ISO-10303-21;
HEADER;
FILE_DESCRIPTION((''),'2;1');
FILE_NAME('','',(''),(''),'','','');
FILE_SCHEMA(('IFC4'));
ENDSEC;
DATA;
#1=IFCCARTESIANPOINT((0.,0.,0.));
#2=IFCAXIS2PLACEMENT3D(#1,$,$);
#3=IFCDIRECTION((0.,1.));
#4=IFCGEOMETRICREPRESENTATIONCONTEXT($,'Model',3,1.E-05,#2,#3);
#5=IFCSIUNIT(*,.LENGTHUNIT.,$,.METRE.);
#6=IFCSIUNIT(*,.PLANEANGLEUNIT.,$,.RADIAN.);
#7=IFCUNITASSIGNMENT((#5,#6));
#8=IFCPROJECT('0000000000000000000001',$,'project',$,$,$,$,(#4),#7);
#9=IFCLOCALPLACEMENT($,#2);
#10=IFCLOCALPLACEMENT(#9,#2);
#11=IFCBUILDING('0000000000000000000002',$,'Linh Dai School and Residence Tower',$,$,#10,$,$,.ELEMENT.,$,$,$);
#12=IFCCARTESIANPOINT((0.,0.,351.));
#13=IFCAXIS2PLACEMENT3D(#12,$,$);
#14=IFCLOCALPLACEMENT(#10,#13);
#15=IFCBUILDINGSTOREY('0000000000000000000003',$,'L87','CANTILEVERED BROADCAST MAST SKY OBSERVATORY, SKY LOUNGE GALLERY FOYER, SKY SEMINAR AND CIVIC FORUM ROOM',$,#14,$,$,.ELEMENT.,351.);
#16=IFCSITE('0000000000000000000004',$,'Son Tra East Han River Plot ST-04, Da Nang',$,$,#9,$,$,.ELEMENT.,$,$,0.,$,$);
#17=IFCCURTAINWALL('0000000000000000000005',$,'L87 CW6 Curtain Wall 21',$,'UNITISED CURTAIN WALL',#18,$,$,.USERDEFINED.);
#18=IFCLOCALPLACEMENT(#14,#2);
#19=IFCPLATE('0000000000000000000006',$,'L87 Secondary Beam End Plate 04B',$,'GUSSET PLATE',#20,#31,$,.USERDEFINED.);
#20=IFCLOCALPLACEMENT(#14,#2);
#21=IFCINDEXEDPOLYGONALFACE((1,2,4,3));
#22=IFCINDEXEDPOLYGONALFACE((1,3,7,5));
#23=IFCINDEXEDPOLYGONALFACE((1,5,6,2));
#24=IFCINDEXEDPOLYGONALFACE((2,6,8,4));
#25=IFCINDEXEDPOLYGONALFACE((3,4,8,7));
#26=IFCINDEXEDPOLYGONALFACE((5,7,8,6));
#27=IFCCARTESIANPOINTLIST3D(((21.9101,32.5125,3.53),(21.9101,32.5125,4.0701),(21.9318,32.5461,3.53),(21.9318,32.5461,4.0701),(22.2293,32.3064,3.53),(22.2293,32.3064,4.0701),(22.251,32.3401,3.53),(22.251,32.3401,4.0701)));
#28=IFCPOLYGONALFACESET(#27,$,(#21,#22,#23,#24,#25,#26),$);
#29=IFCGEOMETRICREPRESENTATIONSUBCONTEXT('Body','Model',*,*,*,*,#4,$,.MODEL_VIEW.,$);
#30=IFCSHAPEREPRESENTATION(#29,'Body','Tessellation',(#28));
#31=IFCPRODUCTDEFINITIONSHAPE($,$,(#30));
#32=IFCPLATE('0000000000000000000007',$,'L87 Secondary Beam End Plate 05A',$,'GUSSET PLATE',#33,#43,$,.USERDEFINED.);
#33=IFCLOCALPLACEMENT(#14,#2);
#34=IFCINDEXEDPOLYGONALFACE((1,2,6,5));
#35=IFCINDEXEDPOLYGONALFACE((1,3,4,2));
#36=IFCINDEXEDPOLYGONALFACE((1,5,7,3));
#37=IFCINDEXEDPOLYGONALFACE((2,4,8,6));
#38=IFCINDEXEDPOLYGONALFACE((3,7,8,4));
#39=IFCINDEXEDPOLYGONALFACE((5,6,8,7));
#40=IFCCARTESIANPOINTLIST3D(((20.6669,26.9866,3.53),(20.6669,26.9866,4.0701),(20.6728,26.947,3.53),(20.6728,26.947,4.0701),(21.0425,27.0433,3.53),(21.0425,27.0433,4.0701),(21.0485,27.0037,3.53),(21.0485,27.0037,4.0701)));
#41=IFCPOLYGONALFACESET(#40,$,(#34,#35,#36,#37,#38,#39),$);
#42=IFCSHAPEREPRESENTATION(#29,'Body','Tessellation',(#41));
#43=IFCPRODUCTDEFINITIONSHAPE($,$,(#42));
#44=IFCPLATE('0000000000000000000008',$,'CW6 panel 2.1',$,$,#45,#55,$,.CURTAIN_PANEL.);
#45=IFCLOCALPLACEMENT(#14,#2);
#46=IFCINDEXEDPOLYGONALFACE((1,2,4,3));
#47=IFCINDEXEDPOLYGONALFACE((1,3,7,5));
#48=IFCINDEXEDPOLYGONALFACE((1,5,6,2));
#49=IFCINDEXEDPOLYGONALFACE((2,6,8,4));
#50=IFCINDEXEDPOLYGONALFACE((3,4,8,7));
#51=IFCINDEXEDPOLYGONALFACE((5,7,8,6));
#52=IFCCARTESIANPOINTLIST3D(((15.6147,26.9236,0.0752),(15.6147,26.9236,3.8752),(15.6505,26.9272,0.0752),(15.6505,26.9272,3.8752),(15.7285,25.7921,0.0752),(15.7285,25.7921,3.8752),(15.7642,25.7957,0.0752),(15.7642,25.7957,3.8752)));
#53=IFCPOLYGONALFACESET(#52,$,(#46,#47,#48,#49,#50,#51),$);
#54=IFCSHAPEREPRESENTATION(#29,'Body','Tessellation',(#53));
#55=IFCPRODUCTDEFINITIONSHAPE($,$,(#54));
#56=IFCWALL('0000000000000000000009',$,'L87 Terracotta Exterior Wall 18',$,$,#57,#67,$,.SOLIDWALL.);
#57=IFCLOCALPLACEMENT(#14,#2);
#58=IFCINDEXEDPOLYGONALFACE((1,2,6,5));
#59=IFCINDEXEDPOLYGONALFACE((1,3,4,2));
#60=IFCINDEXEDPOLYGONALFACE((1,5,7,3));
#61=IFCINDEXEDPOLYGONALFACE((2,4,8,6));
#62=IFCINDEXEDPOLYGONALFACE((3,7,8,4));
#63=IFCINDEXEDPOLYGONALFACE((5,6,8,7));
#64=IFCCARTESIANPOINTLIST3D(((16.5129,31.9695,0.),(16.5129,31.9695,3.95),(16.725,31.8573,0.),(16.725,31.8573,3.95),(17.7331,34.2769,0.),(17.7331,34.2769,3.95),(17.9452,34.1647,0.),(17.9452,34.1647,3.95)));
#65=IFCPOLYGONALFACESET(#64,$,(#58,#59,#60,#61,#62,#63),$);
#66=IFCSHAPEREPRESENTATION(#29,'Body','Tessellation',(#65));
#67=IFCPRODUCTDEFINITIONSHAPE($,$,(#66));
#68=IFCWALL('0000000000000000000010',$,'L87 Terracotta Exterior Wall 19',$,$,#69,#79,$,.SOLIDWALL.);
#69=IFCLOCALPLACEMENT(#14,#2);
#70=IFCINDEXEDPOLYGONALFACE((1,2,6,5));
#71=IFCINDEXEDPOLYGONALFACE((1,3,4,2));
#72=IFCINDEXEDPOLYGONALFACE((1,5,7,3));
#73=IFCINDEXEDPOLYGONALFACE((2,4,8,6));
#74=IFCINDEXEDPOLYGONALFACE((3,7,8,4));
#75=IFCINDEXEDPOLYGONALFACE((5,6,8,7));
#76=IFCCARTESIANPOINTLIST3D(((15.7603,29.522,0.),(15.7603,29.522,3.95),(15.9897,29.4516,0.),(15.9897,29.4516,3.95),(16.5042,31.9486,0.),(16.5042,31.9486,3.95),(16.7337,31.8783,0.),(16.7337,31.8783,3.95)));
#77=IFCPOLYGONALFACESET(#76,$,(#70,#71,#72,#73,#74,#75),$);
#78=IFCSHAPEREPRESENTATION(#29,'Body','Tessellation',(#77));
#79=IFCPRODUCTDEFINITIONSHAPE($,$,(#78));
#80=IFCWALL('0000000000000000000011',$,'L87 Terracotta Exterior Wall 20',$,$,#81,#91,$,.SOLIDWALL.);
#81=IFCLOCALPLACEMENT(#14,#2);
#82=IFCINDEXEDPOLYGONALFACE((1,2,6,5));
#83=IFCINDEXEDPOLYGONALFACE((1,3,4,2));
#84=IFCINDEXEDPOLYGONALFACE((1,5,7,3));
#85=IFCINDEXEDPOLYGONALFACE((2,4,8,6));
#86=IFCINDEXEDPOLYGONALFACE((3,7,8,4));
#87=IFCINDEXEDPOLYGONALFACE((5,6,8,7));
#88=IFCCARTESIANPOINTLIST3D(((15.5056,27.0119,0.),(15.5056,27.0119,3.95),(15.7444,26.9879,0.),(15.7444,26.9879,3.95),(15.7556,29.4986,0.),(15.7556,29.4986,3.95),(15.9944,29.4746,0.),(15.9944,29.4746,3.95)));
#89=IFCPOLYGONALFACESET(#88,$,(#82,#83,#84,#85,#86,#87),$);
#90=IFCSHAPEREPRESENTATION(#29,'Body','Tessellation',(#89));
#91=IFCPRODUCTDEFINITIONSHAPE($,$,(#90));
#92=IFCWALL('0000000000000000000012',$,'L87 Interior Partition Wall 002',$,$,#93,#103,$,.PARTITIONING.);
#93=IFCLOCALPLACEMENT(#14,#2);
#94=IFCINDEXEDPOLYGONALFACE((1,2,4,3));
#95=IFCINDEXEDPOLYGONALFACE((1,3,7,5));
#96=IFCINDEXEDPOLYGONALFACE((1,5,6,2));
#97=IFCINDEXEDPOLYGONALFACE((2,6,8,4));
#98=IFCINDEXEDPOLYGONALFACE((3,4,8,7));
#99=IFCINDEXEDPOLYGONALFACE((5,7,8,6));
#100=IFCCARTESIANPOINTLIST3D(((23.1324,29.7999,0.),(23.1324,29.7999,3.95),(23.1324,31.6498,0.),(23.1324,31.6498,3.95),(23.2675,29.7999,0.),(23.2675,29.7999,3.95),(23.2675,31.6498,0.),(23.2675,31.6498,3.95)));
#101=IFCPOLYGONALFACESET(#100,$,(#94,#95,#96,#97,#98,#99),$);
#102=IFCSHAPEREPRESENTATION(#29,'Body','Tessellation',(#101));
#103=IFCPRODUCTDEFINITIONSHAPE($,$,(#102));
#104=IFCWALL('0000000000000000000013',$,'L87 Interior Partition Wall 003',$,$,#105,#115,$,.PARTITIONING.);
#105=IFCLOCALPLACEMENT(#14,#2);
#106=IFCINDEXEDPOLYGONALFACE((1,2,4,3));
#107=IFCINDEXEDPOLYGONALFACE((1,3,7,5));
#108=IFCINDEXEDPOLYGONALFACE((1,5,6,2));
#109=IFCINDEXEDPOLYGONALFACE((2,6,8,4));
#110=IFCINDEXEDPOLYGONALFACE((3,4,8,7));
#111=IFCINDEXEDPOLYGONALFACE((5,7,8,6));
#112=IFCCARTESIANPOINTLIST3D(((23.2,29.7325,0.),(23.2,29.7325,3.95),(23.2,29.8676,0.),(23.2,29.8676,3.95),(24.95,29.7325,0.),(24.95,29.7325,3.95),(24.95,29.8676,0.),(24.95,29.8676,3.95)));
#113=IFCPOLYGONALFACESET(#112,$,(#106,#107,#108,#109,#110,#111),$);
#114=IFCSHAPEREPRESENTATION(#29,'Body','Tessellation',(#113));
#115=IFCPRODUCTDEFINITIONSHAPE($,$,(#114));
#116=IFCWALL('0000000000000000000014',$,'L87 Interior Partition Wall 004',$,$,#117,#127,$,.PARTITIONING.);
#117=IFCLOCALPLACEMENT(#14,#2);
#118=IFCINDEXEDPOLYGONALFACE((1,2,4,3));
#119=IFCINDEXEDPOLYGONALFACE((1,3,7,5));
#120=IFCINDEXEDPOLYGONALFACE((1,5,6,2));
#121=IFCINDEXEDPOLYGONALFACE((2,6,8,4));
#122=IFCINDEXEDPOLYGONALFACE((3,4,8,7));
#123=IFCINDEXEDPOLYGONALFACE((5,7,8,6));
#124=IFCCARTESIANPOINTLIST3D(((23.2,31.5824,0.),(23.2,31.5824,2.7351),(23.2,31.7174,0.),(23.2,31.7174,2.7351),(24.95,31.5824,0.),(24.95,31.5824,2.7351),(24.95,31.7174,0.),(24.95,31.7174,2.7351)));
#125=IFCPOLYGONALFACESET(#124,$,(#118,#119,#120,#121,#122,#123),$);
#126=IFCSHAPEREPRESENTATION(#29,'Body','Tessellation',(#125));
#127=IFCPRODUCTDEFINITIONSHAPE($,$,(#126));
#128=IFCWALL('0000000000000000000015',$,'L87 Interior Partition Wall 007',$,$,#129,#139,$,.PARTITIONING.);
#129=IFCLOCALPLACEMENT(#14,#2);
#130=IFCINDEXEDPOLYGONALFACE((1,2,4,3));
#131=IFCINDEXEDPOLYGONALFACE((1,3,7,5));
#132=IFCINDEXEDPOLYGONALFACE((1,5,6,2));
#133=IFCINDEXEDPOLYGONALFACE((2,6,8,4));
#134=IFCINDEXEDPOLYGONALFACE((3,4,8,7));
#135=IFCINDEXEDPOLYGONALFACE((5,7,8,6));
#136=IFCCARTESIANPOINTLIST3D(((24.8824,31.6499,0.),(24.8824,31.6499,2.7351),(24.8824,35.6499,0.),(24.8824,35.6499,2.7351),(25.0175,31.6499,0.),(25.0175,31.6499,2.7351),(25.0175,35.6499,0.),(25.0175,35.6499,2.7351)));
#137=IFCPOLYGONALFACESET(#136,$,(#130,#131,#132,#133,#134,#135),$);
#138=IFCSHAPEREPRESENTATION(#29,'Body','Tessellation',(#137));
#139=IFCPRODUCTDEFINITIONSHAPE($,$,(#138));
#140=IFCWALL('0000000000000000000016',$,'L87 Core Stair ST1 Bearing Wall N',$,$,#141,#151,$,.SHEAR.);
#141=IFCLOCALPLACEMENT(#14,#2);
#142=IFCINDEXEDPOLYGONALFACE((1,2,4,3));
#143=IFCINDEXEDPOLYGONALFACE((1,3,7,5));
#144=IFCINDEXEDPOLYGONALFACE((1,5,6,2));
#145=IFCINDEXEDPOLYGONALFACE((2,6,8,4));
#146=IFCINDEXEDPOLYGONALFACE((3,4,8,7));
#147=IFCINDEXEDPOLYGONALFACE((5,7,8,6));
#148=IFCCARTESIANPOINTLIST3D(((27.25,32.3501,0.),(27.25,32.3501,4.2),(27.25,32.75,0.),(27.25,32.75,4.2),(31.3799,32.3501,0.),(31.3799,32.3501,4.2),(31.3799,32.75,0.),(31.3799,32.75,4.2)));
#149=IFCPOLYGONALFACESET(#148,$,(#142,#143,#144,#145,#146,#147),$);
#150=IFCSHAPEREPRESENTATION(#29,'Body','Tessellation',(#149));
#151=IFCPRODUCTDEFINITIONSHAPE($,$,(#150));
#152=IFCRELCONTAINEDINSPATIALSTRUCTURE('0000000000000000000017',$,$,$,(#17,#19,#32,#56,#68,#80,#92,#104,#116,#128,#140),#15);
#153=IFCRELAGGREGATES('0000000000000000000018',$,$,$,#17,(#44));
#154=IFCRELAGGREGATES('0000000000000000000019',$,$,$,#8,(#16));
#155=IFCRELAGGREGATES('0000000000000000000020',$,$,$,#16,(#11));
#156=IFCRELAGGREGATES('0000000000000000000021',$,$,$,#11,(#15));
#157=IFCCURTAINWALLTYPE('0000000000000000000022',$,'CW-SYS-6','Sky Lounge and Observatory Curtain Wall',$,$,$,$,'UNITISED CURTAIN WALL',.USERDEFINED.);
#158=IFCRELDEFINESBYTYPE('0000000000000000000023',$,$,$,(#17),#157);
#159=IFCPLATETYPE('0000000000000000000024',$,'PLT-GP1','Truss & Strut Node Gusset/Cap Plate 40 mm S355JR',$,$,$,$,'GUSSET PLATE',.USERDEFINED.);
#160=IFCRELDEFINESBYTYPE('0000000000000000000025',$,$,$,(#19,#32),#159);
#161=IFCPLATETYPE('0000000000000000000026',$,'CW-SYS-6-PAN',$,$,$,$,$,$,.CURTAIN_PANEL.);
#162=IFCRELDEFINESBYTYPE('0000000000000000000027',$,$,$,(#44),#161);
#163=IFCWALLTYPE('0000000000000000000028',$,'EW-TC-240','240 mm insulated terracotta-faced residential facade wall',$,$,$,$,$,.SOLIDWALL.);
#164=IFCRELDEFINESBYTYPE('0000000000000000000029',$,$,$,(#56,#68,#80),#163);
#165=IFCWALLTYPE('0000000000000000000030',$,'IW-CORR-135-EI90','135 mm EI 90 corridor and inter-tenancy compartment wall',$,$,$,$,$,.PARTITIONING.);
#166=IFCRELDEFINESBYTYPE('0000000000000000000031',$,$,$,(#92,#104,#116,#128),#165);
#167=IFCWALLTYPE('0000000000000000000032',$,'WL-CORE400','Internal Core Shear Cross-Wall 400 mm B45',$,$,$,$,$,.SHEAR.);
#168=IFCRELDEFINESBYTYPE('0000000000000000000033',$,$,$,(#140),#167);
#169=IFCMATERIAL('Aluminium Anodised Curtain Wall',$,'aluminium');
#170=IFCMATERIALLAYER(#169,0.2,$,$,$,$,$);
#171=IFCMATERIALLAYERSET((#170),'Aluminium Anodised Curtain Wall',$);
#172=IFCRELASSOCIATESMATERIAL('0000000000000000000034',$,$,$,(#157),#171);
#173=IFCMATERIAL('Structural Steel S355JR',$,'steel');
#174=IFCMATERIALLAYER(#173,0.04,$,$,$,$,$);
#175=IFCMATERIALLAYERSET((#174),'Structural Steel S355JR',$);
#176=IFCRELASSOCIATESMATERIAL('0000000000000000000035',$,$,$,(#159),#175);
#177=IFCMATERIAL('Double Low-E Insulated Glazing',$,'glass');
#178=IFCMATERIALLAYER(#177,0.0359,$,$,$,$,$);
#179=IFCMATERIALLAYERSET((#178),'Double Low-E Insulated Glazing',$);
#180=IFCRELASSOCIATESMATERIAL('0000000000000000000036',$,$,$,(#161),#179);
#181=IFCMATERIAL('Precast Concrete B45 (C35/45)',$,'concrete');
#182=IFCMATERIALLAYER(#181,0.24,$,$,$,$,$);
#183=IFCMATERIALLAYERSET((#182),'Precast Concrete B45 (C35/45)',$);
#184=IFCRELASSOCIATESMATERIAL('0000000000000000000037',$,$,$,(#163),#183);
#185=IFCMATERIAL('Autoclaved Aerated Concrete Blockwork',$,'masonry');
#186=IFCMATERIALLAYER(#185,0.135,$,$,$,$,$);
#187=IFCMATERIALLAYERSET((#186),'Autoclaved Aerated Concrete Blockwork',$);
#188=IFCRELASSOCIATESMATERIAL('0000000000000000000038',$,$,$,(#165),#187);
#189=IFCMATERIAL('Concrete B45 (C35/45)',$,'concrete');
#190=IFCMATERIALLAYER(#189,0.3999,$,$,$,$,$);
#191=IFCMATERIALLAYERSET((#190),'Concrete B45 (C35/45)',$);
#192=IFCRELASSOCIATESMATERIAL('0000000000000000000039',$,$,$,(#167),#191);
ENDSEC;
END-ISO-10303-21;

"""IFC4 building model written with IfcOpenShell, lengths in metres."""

from ifc_helpers import new_model, si_unit, direction, frame, frame_2d, origin, origin_2d, place, context, subcontext, project, spatial, rectangle, extrude, source, transform, mapped, material, layer, layer_set, type_object, element, aggregate, save


model = new_model("IFC4")

# Units and contexts
model_context = context("Model", 3, precision=1e-05, world=origin(), true_north=direction((0.0, 1.0)))
body_context = subcontext(model_context, "Body", "Model", "MODEL_VIEW")
ifc_project = project(units=[si_unit("LENGTHUNIT", "METRE"), si_unit("PLANEANGLEUNIT", "RADIAN")], contexts=[model_context])

# Site, building, storey
site_placement = place(None, origin())
site = spatial("IfcSite", under=ifc_project, at=site_placement, Name="Son Tra East Han River Plot ST-04, Da Nang", CompositionType="ELEMENT", RefElevation=0.0)
building_placement = place(site_placement, origin())
building = spatial("IfcBuilding", under=site, at=building_placement, Name="Linh Dai School and Residence Tower", CompositionType="ELEMENT")
storey_placement = place(building_placement, frame((0.0, 0.0, 351.0)))
storey = spatial("IfcBuildingStorey", under=building, at=storey_placement, Name="L87", Description="CANTILEVERED BROADCAST MAST SKY OBSERVATORY, SKY LOUNGE GALLERY FOYER, SKY SEMINAR AND CIVIC FORUM ROOM", CompositionType="ELEMENT", Elevation=351.0)

# Shared definitions
ifc_material_1 = material(Name="Concrete B45 (C35/45)", Category="concrete")
ifc_material_2 = material(Name="Structural Steel S355JR", Category="steel")

# Curtain wall
ifc_material_3 = material(Name="Aluminium Anodised Curtain Wall", Category="aluminium")
ifc_layer_1 = layer(ifc_material_3, 0.2)
ifc_layer_set_1 = layer_set([ifc_layer_1], Name="Aluminium Anodised Curtain Wall")
curtain_wall_type = type_object("IfcCurtainWallType", Name="CW-SYS-6", Description="Sky Lounge and Observatory Curtain Wall", ElementType="UNITISED CURTAIN WALL", PredefinedType="USERDEFINED", material=ifc_layer_set_1)
curtain_wall_placement = place(storey_placement, origin())
curtain_wall = element("IfcCurtainWall", 1, at=curtain_wall_placement, inside=storey, type_object=curtain_wall_type, Name="L87 CW6 Curtain Wall 21", ObjectType="UNITISED CURTAIN WALL", PredefinedType="USERDEFINED")

# Plates
ifc_layer_2 = layer(ifc_material_2, 0.04)
ifc_layer_set_2 = layer_set([ifc_layer_2], Name="Structural Steel S355JR")
plate_type_1 = type_object("IfcPlateType", Name="PLT-GP1", Description="Truss & Strut Node Gusset/Cap Plate 40 mm S355JR", ElementType="GUSSET PLATE", PredefinedType="USERDEFINED", material=ifc_layer_set_2)
shared_shape_1 = source(origin(), body_context, "Body", "SweptSolid", [
    extrude(rectangle(XDim=0.04, YDim=0.3799, at=origin_2d()), origin(), (0.0, 0.0, 1.0), 0.54),
])
for number, where, z_axis, x_axis, name in (
    (2, (22.0806, 32.4263, 3.53), (0.0, 0.0, 1.0), (-0.542322, -0.840171, 0.0), "L87 Secondary Beam End Plate 04B"),
    (3, (20.8577, 26.9951, 3.53), (0.0, 0.0, 1.0), (0.149196, -0.988808, 0.0), "L87 Secondary Beam End Plate 05A"),
):
    element("IfcPlate", number, at=place(storey_placement, frame(where, z_axis=z_axis, x_axis=x_axis)), inside=storey, type_object=plate_type_1, Name=name, ObjectType="GUSSET PLATE", PredefinedType="USERDEFINED", context=body_context, shape_type="MappedRepresentation", body=[
        mapped(shared_shape_1, transform((0.0, 0.0, 0.0), x_axis=(1.0, 0.0, 0.0), y_axis=(0.0, 1.0, 0.0), z_axis=(0.0, 0.0, 1.0), scale=1.0)),
    ])

# Plate
ifc_material_4 = material(Name="Double Low-E Insulated Glazing", Category="glass")
ifc_layer_3 = layer(ifc_material_4, 0.0359)
ifc_layer_set_3 = layer_set([ifc_layer_3], Name="Double Low-E Insulated Glazing")
plate_type_2 = type_object("IfcPlateType", Name="CW-SYS-6-PAN", PredefinedType="CURTAIN_PANEL", material=ifc_layer_set_3)
shared_shape_2 = source(origin(), body_context, "Body", "SweptSolid", [
    extrude(rectangle(XDim=1.1372, YDim=0.0359, at=origin_2d()), origin(), (0.0, 0.0, 1.0), 3.8),
])
plate_placement = place(storey_placement, frame((15.6895, 26.3596, 0.0752), z_axis=(0.0, 0.0, 1.0), x_axis=(-0.099992, 0.994988, 0.0)))
plate = element("IfcPlate", 4, at=plate_placement, type_object=plate_type_2, Name="CW6 panel 2.1", PredefinedType="CURTAIN_PANEL", context=body_context, shape_type="MappedRepresentation", body=[
    mapped(shared_shape_2, transform((0.0, 0.0, 0.0), x_axis=(1.0, 0.0, 0.0), y_axis=(0.0, 1.0, 0.0), z_axis=(0.0, 0.0, 1.0), scale=1.0)),
])
aggregate(curtain_wall, [plate])

# Walls
ifc_material_5 = material(Name="Precast Concrete B45 (C35/45)", Category="concrete")
ifc_layer_4 = layer(ifc_material_5, 0.24)
ifc_layer_set_4 = layer_set([ifc_layer_4], Name="Precast Concrete B45 (C35/45)")
wall_type_1 = type_object("IfcWallType", Name="EW-TC-240", Description="240 mm insulated terracotta-faced residential facade wall", PredefinedType="SOLIDWALL", material=ifc_layer_set_4)
wall_1_placement = place(storey_placement, frame((16.6189, 31.9133, 0.0), z_axis=(0.0, 0.0, 1.0), x_axis=(0.467488, 0.883999, 0.0)))
element("IfcWall", 5, at=wall_1_placement, inside=storey, type_object=wall_type_1, Name="L87 Terracotta Exterior Wall 18", PredefinedType="SOLIDWALL", context=body_context, shape_type="SweptSolid", body=[
    extrude(rectangle(XDim=2.6101, YDim=0.24, at=frame_2d((1.3052, 0.0))), origin(), (0.0, 0.0, 1.0), 3.95),
])
wall_2_placement = place(storey_placement, frame((15.875, 29.4868, 0.0), z_axis=(0.0, 0.0, 1.0), x_axis=(0.293106, 0.95608, 0.0)))
element("IfcWall", 6, at=wall_2_placement, inside=storey, type_object=wall_type_1, Name="L87 Terracotta Exterior Wall 19", PredefinedType="SOLIDWALL", context=body_context, shape_type="SweptSolid", body=[
    extrude(rectangle(XDim=2.5381, YDim=0.24, at=frame_2d((1.269, 0.0))), origin(), (0.0, 0.0, 1.0), 3.95),
])
wall_3_placement = place(storey_placement, frame((15.625, 27.0, 0.0), z_axis=(0.0, 0.0, 1.0), x_axis=(0.100026, 0.994985, 0.0)))
element("IfcWall", 7, at=wall_3_placement, inside=storey, type_object=wall_type_1, Name="L87 Terracotta Exterior Wall 20", PredefinedType="SOLIDWALL", context=body_context, shape_type="SweptSolid", body=[
    extrude(rectangle(XDim=2.4993, YDim=0.24, at=frame_2d((1.2495, 0.0))), origin(), (0.0, 0.0, 1.0), 3.95),
])
ifc_material_6 = material(Name="Autoclaved Aerated Concrete Blockwork", Category="masonry")
ifc_layer_5 = layer(ifc_material_6, 0.135)
ifc_layer_set_5 = layer_set([ifc_layer_5], Name="Autoclaved Aerated Concrete Blockwork")
wall_type_2 = type_object("IfcWallType", Name="IW-CORR-135-EI90", Description="135 mm EI 90 corridor and inter-tenancy compartment wall", PredefinedType="PARTITIONING", material=ifc_layer_set_5)
wall_4_placement = place(storey_placement, frame((23.2, 29.8, 0.0), z_axis=(0.0, 0.0, 1.0), x_axis=(0.0, 1.0, 0.0)))
element("IfcWall", 8, at=wall_4_placement, inside=storey, type_object=wall_type_2, Name="L87 Interior Partition Wall 002", PredefinedType="PARTITIONING", context=body_context, shape_type="SweptSolid", body=[
    extrude(rectangle(XDim=1.8499, YDim=0.135, at=frame_2d((0.9248, 0.0))), origin(), (0.0, 0.0, 1.0), 3.95),
])
wall_5_placement = place(storey_placement, frame((23.2, 29.8, 0.0), z_axis=(0.0, 0.0, 1.0), x_axis=(1.0, 0.0, 0.0)))
element("IfcWall", 9, at=wall_5_placement, inside=storey, type_object=wall_type_2, Name="L87 Interior Partition Wall 003", PredefinedType="PARTITIONING", context=body_context, shape_type="SweptSolid", body=[
    extrude(rectangle(XDim=1.75, YDim=0.135, at=frame_2d((0.875, 0.0))), origin(), (0.0, 0.0, 1.0), 3.95),
])
wall_6_placement = place(storey_placement, frame((23.2, 31.6499, 0.0), z_axis=(0.0, 0.0, 1.0), x_axis=(1.0, 0.0, 0.0)))
element("IfcWall", 10, at=wall_6_placement, inside=storey, type_object=wall_type_2, Name="L87 Interior Partition Wall 004", PredefinedType="PARTITIONING", context=body_context, shape_type="SweptSolid", body=[
    extrude(rectangle(XDim=1.75, YDim=0.135, at=frame_2d((0.875, 0.0))), origin(), (0.0, 0.0, 1.0), 2.7351),
])
wall_7_placement = place(storey_placement, frame((24.95, 31.6499, 0.0), z_axis=(0.0, 0.0, 1.0), x_axis=(0.0, 1.0, 0.0)))
element("IfcWall", 11, at=wall_7_placement, inside=storey, type_object=wall_type_2, Name="L87 Interior Partition Wall 007", PredefinedType="PARTITIONING", context=body_context, shape_type="SweptSolid", body=[
    extrude(rectangle(XDim=4.0, YDim=0.135, at=frame_2d((2.0, 0.0))), origin(), (0.0, 0.0, 1.0), 2.7351),
])
ifc_layer_6 = layer(ifc_material_1, 0.3999)
ifc_layer_set_6 = layer_set([ifc_layer_6], Name="Concrete B45 (C35/45)")
wall_type_3 = type_object("IfcWallType", Name="WL-CORE400", Description="Internal Core Shear Cross-Wall 400 mm B45", PredefinedType="SHEAR", material=ifc_layer_set_6)
wall_8_placement = place(storey_placement, frame((27.25, 32.55, 0.0), z_axis=(0.0, 0.0, 1.0), x_axis=(1.0, 0.0, 0.0)))
element("IfcWall", 12, at=wall_8_placement, inside=storey, type_object=wall_type_3, Name="L87 Core Stair ST1 Bearing Wall N", PredefinedType="SHEAR", context=body_context, shape_type="SweptSolid", body=[
    extrude(rectangle(XDim=4.1299, YDim=0.3999, at=frame_2d((2.0649, 0.0))), origin(), (0.0, 0.0, 1.0), 4.2),
])

save(model, "model.ifc")
